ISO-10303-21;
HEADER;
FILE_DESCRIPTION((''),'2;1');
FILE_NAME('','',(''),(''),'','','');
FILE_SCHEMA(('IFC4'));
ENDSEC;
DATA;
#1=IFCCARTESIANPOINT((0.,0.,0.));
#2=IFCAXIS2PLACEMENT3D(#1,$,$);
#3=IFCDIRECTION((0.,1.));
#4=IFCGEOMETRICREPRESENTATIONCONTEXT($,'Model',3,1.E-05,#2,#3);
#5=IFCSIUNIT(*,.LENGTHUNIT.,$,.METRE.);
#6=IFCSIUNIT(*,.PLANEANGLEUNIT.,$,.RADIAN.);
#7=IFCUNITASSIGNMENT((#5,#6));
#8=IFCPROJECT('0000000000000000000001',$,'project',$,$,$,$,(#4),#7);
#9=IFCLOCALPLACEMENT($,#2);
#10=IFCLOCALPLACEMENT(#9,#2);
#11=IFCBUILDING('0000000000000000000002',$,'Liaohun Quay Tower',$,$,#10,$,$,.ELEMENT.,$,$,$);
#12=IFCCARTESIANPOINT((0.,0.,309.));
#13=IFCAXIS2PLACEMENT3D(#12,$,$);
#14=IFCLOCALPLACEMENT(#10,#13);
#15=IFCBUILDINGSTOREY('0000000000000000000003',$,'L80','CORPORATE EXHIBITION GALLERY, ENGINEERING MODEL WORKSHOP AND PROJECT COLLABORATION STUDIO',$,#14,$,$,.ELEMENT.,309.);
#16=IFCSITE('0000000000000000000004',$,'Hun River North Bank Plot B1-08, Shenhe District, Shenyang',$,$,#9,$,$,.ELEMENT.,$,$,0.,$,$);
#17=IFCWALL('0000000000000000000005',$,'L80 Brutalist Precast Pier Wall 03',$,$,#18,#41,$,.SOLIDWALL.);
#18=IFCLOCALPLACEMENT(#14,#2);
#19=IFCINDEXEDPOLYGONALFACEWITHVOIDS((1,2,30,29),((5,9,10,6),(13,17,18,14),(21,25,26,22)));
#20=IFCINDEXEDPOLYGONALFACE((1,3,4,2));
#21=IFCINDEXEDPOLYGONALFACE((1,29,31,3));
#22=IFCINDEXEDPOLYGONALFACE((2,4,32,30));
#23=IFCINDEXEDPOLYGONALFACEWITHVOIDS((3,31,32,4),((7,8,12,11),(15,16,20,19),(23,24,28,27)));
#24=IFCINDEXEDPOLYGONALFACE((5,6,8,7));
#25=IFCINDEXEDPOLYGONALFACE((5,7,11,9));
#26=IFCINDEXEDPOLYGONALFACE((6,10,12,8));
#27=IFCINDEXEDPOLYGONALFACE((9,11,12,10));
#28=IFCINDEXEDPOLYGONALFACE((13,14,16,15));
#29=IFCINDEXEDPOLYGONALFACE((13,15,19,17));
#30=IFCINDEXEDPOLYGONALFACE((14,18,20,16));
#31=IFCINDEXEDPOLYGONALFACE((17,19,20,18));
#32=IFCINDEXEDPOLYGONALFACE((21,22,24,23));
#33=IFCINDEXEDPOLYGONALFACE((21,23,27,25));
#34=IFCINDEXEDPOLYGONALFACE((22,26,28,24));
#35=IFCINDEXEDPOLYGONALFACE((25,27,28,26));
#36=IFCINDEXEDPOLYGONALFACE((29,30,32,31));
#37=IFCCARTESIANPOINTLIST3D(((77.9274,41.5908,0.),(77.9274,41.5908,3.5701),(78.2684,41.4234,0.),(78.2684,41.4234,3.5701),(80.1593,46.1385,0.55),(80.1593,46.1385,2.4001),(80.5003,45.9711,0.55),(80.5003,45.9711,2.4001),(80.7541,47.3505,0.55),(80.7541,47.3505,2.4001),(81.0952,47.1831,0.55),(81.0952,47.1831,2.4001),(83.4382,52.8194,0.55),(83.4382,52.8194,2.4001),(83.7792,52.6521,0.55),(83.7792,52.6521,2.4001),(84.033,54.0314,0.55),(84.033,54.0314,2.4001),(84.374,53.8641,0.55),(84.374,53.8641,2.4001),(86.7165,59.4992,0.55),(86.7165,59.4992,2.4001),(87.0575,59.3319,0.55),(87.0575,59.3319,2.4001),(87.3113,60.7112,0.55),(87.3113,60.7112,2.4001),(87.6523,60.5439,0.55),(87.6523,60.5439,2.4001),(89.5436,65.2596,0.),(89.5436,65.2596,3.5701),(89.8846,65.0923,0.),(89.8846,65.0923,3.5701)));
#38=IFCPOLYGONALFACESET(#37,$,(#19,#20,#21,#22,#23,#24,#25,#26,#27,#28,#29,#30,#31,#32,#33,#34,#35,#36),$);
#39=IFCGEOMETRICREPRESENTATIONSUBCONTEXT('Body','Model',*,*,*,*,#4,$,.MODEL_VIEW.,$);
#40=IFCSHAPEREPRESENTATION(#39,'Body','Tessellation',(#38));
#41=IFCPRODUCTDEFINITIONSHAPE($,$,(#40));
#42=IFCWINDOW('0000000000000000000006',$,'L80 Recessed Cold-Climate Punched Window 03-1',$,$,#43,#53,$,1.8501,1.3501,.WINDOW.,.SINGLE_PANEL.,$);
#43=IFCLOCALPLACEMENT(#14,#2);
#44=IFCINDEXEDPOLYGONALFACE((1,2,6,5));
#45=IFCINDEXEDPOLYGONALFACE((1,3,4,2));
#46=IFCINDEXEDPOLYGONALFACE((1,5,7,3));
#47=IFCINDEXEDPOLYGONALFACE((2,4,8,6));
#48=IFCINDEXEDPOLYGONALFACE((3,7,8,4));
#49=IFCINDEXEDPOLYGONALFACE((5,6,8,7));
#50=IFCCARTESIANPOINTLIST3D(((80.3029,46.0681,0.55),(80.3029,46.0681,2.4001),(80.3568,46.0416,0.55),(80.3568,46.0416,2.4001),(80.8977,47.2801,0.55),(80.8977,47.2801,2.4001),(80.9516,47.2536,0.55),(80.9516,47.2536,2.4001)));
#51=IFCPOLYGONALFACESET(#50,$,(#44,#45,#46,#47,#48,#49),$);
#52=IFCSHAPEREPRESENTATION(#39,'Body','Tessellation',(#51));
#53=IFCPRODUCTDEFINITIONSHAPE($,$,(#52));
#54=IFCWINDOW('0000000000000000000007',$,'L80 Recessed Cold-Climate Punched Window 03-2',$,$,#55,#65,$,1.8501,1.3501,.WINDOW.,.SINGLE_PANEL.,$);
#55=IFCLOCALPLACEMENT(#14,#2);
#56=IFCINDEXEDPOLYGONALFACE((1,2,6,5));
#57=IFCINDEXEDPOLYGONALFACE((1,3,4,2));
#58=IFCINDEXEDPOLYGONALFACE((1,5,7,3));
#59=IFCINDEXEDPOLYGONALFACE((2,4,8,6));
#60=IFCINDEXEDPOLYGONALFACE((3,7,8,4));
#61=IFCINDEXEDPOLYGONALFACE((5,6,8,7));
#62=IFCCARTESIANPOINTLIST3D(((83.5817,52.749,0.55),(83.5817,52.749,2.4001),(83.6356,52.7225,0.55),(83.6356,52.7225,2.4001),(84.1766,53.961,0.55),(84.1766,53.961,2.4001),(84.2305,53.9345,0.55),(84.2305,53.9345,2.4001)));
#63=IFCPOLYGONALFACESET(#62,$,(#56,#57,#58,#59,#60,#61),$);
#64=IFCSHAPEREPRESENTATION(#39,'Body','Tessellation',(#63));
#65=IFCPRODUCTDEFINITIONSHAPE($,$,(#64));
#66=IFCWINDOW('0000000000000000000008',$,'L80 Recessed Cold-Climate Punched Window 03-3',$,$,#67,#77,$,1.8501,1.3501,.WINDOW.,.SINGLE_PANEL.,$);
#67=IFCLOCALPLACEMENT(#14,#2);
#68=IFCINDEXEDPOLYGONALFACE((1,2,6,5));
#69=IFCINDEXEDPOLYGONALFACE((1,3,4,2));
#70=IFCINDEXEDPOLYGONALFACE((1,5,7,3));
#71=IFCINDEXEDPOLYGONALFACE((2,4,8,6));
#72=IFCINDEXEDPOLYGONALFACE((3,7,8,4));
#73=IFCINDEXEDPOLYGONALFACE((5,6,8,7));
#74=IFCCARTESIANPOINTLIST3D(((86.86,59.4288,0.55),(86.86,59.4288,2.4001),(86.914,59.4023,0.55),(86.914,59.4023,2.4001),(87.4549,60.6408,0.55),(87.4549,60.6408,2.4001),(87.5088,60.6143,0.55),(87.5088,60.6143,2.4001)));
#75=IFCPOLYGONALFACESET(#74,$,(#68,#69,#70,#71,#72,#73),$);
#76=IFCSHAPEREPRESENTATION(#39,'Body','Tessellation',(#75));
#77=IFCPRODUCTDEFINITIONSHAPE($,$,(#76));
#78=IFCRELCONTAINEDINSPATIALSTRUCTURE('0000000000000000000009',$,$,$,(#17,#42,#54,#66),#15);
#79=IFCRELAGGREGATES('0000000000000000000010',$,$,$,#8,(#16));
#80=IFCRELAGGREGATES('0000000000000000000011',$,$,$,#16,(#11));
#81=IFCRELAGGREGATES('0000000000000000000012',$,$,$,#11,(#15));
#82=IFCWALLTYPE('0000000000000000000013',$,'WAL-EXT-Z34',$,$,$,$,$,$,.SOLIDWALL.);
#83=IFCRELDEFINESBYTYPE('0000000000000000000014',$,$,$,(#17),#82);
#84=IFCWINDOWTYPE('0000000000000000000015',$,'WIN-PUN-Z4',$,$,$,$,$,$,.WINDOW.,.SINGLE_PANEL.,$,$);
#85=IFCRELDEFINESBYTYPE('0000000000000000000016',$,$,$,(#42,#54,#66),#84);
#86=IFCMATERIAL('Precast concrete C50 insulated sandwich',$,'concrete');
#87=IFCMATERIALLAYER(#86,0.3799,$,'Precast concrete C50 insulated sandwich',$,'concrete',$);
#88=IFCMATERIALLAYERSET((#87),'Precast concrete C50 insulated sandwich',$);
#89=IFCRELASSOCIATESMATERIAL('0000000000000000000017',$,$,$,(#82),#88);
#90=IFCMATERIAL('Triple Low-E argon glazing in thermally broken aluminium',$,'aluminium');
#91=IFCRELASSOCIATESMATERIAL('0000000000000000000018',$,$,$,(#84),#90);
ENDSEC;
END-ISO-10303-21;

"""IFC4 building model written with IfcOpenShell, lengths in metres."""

from ifc_helpers import new_model, si_unit, direction, frame, frame_2d, origin, place, context, subcontext, project, spatial, rectangle, extrude, source, transform, mapped, material, layer, layer_set, type_object, element, fill, save


model = new_model("IFC4")

# Units and contexts
model_context = context("Model", 3, precision=1e-05, world=origin(), true_north=direction((0.0, 1.0)))
body_context = subcontext(model_context, "Body", "Model", "MODEL_VIEW")
ifc_project = project(units=[si_unit("LENGTHUNIT", "METRE"), si_unit("PLANEANGLEUNIT", "RADIAN")], contexts=[model_context])

# Site, building, storey
site_placement = place(None, origin())
site = spatial("IfcSite", under=ifc_project, at=site_placement, Name="Hun River North Bank Plot B1-08, Shenhe District, Shenyang", CompositionType="ELEMENT", RefElevation=0.0)
building_placement = place(site_placement, origin())
building = spatial("IfcBuilding", under=site, at=building_placement, Name="Liaohun Quay Tower", CompositionType="ELEMENT")
storey_placement = place(building_placement, frame((0.0, 0.0, 309.0)))
storey = spatial("IfcBuildingStorey", under=building, at=storey_placement, Name="L80", Description="CORPORATE EXHIBITION GALLERY, ENGINEERING MODEL WORKSHOP AND PROJECT COLLABORATION STUDIO", CompositionType="ELEMENT", Elevation=309.0)

# Shared definitions
ifc_material_1 = material(Name="Precast concrete C50 insulated sandwich", Category="concrete")
ifc_layer_1 = layer(ifc_material_1, 0.3799, Name="Precast concrete C50 insulated sandwich", Category="concrete")
ifc_layer_set_1 = layer_set([ifc_layer_1], Name="Precast concrete C50 insulated sandwich")
wall_type_1 = type_object("IfcWallType", Name="WAL-EXT-Z34", PredefinedType="SOLIDWALL", material=ifc_layer_set_1)

# Wall, openings, windows
shared_shape_1 = source(origin(), body_context, "Body", "SweptSolid", [
    extrude(rectangle(XDim=1.3501, YDim=1.8501, at=frame_2d((0.675, 0.925))), frame((0.0, 0.2, 0.0), z_axis=(0.0, -1.0, 0.0), x_axis=(1.0, 0.0, 0.0)), (0.0, 0.0, 1.0), 0.3999),
])
ifc_material_2 = material(Name="Triple Low-E argon glazing in thermally broken aluminium", Category="aluminium")
window_type_1 = type_object("IfcWindowType", Name="WIN-PUN-Z4", PartitioningType="SINGLE_PANEL", PredefinedType="WINDOW", material=ifc_material_2)
shared_shape_2 = source(origin(), body_context, "Body", "SweptSolid", [
    extrude(rectangle(XDim=1.3501, YDim=1.8501, at=frame_2d((0.675, 0.925))), frame((0.0, 0.03, 0.0), z_axis=(0.0, -1.0, 0.0), x_axis=(1.0, 0.0, 0.0)), (0.0, 0.0, 1.0), 0.0601),
])
wall_1_placement = place(storey_placement, frame((78.0979, 41.5071, 0.0), z_axis=(0.0, 0.0, 1.0), x_axis=(0.440579, 0.897714, 0.0)))
wall_1 = element("IfcWall", 1, at=wall_1_placement, inside=storey, type_object=wall_type_1, Name="L80 Brutalist Precast Pier Wall 03", PredefinedType="SOLIDWALL", context=body_context, shape_type="SweptSolid", body=[
    extrude(rectangle(XDim=26.3657, YDim=0.3799, at=frame_2d((13.1829, 0.0))), origin(), (0.0, 0.0, 1.0), 3.5701),
])
opening_1_placement = place(wall_1_placement, frame((5.0659, 0.0, 0.55)))
opening_1 = element("IfcOpeningElement", 2, at=opening_1_placement, cuts=wall_1, PredefinedType="OPENING", context=body_context, shape_type="MappedRepresentation", body=[
    mapped(shared_shape_1, transform((0.0, 0.0, 0.0), x_axis=(1.0, 0.0, 0.0), y_axis=(0.0, 1.0, 0.0), z_axis=(0.0, 0.0, 1.0), scale=1.0)),
])
opening_2_placement = place(wall_1_placement, frame((12.5081, 0.0, 0.55)))
opening_2 = element("IfcOpeningElement", 3, at=opening_2_placement, cuts=wall_1, PredefinedType="OPENING", context=body_context, shape_type="MappedRepresentation", body=[
    mapped(shared_shape_1, transform((0.0, 0.0, 0.0), x_axis=(1.0, 0.0, 0.0), y_axis=(0.0, 1.0, 0.0), z_axis=(0.0, 0.0, 1.0), scale=1.0)),
])
opening_3_placement = place(wall_1_placement, frame((19.949, 0.0, 0.55)))
opening_3 = element("IfcOpeningElement", 4, at=opening_3_placement, cuts=wall_1, PredefinedType="OPENING", context=body_context, shape_type="MappedRepresentation", body=[
    mapped(shared_shape_1, transform((0.0, 0.0, 0.0), x_axis=(1.0, 0.0, 0.0), y_axis=(0.0, 1.0, 0.0), z_axis=(0.0, 0.0, 1.0), scale=1.0)),
])
window_1_placement = place(opening_1_placement, origin())
window_1 = element("IfcWindow", 5, at=window_1_placement, inside=storey, type_object=window_type_1, Name="L80 Recessed Cold-Climate Punched Window 03-1", OverallHeight=1.8501, OverallWidth=1.3501, PartitioningType="SINGLE_PANEL", PredefinedType="WINDOW", context=body_context, shape_type="MappedRepresentation", body=[
    mapped(shared_shape_2, transform((0.0, 0.0, 0.0), x_axis=(1.0, 0.0, 0.0), y_axis=(0.0, 1.0, 0.0), z_axis=(0.0, 0.0, 1.0), scale=1.0)),
])
fill(opening_1, window_1)
window_2_placement = place(opening_2_placement, origin())
window_2 = element("IfcWindow", 6, at=window_2_placement, inside=storey, type_object=window_type_1, Name="L80 Recessed Cold-Climate Punched Window 03-2", OverallHeight=1.8501, OverallWidth=1.3501, PartitioningType="SINGLE_PANEL", PredefinedType="WINDOW", context=body_context, shape_type="MappedRepresentation", body=[
    mapped(shared_shape_2, transform((0.0, 0.0, 0.0), x_axis=(1.0, 0.0, 0.0), y_axis=(0.0, 1.0, 0.0), z_axis=(0.0, 0.0, 1.0), scale=1.0)),
])
fill(opening_2, window_2)
window_3_placement = place(opening_3_placement, origin())
window_3 = element("IfcWindow", 7, at=window_3_placement, inside=storey, type_object=window_type_1, Name="L80 Recessed Cold-Climate Punched Window 03-3", OverallHeight=1.8501, OverallWidth=1.3501, PartitioningType="SINGLE_PANEL", PredefinedType="WINDOW", context=body_context, shape_type="MappedRepresentation", body=[
    mapped(shared_shape_2, transform((0.0, 0.0, 0.0), x_axis=(1.0, 0.0, 0.0), y_axis=(0.0, 1.0, 0.0), z_axis=(0.0, 0.0, 1.0), scale=1.0)),
])
fill(opening_3, window_3)

save(model, "model.ifc")
